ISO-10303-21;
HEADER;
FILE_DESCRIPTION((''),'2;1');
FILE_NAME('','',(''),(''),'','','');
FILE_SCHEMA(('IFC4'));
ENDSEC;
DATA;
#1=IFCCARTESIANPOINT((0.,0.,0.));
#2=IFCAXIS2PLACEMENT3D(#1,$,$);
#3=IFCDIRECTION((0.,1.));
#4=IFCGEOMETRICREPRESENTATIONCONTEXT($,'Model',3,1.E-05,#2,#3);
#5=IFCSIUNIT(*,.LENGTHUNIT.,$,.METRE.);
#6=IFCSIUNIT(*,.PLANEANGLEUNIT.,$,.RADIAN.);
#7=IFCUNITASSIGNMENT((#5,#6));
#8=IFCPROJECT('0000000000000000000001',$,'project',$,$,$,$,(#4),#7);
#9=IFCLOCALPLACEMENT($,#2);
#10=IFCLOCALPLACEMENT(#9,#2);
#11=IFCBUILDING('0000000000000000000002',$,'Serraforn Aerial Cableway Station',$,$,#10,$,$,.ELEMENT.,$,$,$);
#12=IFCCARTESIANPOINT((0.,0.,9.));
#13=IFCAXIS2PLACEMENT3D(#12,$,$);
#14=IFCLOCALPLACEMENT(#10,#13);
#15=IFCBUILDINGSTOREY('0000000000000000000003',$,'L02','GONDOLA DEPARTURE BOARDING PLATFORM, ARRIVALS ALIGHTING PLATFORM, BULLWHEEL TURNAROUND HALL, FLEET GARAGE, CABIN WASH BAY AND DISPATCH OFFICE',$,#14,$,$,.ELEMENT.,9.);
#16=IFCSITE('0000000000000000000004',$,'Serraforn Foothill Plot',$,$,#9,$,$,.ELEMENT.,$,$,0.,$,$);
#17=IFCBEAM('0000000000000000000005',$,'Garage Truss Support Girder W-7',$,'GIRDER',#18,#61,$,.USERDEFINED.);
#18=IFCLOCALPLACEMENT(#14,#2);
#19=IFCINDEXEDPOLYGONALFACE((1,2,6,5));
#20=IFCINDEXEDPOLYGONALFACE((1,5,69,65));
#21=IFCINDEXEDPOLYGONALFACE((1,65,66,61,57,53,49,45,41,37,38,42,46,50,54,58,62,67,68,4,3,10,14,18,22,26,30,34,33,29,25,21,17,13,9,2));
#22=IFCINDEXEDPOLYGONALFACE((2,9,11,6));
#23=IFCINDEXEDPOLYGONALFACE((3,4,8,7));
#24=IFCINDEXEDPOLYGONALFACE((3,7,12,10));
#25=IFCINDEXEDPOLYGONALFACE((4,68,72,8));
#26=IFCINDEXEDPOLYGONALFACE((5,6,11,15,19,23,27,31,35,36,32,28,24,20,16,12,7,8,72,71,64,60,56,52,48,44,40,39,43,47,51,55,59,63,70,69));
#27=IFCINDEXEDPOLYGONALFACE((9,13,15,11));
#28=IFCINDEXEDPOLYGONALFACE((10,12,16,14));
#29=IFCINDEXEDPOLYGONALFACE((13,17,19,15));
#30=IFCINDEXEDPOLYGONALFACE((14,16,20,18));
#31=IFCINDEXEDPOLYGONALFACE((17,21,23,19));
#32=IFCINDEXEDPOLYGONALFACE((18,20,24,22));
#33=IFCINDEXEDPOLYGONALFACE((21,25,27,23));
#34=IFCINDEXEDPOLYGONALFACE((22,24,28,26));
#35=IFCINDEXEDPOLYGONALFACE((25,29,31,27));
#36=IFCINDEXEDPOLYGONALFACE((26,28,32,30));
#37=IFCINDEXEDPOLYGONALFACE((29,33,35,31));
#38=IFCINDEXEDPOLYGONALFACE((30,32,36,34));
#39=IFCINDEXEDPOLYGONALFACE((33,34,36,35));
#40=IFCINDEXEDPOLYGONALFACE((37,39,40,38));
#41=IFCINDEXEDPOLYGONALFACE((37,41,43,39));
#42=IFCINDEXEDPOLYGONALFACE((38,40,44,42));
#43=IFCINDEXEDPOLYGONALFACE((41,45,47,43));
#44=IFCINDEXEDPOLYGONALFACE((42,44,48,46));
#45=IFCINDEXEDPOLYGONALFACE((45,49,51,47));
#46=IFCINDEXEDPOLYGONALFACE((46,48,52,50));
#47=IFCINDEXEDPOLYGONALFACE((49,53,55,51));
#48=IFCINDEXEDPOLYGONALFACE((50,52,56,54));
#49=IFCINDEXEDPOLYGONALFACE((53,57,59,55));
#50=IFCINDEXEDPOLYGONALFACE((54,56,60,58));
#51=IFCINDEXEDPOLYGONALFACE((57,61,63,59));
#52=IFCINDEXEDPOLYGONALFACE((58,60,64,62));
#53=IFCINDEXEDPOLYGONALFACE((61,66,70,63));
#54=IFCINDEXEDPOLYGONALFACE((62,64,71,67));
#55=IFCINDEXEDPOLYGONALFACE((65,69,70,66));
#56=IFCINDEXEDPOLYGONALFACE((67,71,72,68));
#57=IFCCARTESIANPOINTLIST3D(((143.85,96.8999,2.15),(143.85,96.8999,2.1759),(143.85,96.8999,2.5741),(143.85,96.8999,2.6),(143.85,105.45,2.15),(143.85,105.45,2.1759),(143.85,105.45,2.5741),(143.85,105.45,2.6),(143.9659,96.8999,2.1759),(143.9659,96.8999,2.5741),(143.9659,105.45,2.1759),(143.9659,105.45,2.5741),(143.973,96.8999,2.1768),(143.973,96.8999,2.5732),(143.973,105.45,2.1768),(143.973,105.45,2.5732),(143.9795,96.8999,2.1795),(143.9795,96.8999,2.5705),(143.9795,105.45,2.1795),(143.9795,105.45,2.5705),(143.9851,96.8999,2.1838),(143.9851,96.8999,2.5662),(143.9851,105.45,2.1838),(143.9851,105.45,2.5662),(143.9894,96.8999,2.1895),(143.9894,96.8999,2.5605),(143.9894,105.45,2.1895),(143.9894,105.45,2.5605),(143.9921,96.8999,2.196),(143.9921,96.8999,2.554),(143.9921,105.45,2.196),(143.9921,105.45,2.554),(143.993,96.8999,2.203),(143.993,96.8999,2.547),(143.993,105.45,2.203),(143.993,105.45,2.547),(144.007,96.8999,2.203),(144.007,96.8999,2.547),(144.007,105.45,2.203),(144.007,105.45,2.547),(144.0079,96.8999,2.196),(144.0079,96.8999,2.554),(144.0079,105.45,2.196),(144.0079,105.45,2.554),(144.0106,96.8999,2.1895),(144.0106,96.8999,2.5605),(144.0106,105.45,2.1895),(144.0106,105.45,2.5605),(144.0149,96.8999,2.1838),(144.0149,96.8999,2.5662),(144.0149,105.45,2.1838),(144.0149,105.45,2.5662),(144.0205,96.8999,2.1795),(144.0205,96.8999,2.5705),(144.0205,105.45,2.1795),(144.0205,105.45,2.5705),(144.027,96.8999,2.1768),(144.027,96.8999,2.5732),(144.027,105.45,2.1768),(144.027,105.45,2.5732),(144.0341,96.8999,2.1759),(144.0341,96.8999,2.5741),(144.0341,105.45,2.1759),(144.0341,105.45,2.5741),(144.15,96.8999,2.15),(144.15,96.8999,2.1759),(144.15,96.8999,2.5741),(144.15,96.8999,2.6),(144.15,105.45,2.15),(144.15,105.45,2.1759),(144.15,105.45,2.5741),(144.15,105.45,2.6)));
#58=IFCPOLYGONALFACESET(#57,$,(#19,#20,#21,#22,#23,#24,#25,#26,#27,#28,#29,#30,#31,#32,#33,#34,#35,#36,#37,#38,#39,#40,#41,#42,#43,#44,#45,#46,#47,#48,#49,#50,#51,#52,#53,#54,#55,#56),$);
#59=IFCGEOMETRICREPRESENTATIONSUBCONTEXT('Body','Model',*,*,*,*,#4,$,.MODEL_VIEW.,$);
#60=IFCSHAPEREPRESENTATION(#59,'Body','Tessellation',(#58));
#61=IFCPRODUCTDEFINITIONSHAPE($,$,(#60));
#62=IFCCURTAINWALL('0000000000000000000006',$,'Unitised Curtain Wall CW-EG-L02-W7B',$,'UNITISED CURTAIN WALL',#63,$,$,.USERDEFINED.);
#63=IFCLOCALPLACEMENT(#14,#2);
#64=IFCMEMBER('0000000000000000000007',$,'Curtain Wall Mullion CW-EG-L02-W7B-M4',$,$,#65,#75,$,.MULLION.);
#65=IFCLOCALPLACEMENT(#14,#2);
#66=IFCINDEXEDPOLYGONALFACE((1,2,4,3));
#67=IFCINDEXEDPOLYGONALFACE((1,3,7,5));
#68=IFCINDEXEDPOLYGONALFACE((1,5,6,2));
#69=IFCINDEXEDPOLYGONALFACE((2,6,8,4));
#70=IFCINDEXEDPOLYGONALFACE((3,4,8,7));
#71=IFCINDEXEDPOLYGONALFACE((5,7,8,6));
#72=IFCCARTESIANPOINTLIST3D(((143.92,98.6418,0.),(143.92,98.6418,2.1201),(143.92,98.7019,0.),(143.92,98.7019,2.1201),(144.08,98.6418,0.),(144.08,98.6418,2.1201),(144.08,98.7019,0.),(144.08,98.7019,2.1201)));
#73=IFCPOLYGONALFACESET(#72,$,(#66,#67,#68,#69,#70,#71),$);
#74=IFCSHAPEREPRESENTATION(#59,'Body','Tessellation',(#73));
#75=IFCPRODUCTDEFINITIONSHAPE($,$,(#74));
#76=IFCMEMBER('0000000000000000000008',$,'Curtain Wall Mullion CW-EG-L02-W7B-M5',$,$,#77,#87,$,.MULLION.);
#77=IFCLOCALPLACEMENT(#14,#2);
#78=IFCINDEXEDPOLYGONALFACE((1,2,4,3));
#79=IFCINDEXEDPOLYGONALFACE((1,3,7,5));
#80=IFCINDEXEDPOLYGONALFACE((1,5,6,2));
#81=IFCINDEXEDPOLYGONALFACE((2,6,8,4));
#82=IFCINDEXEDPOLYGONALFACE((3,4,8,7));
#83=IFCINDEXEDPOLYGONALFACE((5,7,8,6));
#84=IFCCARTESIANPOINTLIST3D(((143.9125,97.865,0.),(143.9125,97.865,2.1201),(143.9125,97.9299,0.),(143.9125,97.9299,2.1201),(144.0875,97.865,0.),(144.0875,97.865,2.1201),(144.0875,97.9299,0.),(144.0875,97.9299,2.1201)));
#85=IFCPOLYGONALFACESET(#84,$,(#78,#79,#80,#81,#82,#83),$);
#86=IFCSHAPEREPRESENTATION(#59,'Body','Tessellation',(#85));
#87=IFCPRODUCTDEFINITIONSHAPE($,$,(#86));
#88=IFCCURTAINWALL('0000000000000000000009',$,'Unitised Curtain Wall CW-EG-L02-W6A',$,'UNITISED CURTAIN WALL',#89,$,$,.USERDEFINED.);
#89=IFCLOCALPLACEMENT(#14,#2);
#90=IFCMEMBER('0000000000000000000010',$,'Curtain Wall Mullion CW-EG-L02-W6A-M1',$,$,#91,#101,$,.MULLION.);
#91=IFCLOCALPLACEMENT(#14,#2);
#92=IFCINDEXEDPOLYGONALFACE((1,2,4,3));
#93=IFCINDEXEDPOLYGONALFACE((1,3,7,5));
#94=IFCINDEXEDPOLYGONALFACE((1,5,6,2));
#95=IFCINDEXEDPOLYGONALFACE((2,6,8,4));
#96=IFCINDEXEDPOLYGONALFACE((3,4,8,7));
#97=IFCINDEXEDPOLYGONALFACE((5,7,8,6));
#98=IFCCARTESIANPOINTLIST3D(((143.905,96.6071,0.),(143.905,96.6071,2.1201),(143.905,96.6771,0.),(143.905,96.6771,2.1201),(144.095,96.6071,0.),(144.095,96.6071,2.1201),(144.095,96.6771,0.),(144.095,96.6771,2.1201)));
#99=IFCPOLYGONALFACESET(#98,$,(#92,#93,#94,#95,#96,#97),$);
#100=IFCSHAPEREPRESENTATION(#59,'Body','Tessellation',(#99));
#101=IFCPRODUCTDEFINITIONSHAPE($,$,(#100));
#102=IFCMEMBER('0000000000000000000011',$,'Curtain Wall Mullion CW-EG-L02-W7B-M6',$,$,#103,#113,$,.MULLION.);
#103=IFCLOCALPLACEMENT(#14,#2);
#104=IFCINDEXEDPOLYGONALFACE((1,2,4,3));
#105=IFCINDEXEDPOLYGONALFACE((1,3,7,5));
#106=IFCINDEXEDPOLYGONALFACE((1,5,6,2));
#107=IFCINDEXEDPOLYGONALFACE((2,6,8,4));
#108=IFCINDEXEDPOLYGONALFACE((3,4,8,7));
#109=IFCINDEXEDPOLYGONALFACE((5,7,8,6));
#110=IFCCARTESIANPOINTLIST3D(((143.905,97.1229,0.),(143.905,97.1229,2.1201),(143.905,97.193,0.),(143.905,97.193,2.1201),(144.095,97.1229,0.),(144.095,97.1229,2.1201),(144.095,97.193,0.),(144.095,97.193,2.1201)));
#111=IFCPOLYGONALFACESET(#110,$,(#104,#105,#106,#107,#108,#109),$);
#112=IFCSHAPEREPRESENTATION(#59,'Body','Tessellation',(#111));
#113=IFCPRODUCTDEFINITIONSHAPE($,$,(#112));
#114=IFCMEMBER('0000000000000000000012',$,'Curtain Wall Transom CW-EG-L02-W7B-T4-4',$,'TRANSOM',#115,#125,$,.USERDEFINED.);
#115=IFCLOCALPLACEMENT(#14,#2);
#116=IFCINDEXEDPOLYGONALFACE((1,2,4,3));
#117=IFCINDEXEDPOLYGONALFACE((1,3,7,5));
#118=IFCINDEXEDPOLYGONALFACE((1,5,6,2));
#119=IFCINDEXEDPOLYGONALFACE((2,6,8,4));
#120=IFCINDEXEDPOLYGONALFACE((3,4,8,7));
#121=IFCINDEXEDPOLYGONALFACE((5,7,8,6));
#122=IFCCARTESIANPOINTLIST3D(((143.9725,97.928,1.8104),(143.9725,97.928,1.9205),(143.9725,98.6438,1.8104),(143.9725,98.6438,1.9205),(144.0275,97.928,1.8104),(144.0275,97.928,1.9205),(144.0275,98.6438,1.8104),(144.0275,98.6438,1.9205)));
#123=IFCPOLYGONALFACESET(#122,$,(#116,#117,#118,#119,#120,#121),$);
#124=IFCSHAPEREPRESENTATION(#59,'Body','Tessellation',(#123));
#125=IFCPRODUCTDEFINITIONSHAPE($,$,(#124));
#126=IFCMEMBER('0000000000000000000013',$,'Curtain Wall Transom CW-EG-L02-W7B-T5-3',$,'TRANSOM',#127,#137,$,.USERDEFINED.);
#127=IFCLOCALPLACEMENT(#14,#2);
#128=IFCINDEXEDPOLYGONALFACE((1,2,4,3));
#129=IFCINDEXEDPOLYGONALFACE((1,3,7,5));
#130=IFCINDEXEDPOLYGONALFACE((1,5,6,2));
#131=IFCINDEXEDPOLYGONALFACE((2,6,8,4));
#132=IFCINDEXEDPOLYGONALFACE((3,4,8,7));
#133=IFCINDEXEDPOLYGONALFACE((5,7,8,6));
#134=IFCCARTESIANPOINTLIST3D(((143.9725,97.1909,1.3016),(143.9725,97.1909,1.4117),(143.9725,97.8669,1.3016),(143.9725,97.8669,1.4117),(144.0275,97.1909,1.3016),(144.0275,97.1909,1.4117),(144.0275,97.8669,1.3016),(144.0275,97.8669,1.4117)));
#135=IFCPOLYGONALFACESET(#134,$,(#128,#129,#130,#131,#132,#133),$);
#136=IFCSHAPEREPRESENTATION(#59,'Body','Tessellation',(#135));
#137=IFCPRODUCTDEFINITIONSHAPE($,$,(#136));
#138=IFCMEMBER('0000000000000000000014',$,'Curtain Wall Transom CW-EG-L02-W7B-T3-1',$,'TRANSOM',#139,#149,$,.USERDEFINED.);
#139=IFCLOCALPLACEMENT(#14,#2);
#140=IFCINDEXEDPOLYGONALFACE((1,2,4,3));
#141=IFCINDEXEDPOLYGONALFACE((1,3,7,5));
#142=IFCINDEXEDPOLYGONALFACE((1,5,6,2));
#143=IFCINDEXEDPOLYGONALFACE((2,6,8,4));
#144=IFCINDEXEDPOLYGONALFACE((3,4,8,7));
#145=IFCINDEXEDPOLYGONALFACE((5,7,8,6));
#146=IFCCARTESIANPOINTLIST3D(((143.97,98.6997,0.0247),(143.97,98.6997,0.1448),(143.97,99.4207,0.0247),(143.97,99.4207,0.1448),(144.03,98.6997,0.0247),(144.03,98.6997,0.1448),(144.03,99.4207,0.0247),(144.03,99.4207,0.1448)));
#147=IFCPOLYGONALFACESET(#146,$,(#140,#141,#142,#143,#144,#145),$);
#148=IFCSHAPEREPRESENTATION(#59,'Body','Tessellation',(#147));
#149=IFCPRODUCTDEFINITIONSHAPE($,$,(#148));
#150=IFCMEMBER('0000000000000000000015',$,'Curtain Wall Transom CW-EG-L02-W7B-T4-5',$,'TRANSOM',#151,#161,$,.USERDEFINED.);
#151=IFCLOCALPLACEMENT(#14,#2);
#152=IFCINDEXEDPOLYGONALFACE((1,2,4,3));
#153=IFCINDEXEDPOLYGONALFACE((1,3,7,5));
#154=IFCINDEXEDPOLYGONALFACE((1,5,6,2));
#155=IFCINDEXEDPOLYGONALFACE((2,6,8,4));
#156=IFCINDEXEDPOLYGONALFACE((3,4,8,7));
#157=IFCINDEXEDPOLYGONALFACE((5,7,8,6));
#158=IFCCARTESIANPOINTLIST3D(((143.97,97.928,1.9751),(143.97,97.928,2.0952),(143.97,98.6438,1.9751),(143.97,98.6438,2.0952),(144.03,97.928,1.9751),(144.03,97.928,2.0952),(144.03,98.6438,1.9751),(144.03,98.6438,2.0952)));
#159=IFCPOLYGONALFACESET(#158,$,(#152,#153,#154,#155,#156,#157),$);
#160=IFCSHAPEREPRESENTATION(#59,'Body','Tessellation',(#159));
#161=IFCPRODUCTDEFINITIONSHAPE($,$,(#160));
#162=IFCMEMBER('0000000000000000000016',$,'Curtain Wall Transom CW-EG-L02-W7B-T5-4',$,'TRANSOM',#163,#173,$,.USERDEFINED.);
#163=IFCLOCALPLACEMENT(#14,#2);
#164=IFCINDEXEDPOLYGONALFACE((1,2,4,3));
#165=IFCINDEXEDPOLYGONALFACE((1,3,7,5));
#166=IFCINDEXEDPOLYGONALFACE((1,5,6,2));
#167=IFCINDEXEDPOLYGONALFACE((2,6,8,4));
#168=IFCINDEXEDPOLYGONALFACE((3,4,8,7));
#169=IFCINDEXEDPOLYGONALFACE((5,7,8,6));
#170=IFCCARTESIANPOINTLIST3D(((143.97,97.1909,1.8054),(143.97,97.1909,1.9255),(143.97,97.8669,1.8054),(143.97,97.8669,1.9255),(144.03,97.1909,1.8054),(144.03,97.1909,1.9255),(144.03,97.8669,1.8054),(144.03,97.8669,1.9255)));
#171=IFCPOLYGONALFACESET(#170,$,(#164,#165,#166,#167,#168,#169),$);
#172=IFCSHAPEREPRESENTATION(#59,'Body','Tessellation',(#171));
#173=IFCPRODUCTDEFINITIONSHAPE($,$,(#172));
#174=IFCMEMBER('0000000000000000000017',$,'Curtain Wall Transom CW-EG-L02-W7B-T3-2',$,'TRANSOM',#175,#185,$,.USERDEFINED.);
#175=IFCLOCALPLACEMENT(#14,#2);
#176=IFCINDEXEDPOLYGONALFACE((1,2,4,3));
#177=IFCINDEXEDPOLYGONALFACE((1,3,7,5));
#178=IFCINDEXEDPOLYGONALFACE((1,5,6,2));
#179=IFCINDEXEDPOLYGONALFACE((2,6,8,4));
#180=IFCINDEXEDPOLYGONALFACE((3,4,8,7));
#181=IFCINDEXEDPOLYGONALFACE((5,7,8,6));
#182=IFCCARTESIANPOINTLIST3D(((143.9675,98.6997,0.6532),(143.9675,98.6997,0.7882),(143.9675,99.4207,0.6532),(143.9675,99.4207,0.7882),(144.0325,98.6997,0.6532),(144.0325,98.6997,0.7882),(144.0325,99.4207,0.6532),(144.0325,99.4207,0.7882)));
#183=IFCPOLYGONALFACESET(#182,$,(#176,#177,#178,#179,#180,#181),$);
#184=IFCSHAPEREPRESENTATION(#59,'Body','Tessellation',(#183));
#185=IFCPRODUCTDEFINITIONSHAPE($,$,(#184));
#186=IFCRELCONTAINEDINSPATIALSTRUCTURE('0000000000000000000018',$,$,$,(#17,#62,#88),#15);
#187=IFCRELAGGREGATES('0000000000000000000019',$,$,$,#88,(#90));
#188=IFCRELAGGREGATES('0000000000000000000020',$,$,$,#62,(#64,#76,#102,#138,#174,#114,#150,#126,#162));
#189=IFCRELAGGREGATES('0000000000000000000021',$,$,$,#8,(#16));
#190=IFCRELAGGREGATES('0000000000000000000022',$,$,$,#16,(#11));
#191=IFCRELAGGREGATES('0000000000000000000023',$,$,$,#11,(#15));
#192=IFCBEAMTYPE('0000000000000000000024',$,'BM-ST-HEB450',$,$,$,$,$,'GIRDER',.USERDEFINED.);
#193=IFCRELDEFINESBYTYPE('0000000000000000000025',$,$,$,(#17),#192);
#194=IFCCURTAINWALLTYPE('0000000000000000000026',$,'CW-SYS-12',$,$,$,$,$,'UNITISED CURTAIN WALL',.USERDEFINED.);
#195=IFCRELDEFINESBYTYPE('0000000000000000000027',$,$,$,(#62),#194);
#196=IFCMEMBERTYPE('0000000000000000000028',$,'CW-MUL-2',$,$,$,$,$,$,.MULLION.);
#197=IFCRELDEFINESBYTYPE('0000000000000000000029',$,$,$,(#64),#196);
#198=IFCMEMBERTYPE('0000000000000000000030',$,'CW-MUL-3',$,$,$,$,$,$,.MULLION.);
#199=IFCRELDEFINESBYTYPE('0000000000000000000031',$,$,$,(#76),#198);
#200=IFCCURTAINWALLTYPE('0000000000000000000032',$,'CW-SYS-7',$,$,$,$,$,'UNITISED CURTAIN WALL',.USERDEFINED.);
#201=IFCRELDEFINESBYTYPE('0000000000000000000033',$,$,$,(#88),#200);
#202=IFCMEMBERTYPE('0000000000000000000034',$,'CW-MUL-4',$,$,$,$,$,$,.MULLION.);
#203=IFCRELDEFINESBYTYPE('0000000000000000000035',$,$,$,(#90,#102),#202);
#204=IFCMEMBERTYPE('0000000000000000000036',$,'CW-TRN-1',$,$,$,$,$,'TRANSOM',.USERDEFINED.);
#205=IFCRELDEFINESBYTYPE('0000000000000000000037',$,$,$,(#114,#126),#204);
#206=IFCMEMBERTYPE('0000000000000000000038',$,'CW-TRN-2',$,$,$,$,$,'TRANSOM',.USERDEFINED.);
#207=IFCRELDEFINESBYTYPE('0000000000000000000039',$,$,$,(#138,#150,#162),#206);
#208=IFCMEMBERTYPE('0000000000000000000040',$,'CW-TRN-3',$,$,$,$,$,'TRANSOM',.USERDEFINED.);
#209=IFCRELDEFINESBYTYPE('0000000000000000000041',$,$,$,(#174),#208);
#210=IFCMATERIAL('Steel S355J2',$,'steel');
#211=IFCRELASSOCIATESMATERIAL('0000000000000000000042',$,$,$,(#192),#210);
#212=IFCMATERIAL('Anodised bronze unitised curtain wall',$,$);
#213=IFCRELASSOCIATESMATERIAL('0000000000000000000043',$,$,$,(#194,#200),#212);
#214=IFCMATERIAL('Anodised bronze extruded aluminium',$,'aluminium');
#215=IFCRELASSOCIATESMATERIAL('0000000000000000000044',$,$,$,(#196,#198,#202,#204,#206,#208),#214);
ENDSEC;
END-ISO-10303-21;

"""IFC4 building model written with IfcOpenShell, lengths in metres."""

from ifc_helpers import new_model, si_unit, direction, frame, origin, origin_2d, place, context, subcontext, project, spatial, rectangle, i_section, extrude, material, material_profile, profile_set, type_object, element, aggregate, save


model = new_model("IFC4")

# Units and contexts
model_context = context("Model", 3, precision=1e-05, world=origin(), true_north=direction((0.0, 1.0)))
body_context = subcontext(model_context, "Body", "Model", "MODEL_VIEW")
ifc_project = project(units=[si_unit("LENGTHUNIT", "METRE"), si_unit("PLANEANGLEUNIT", "RADIAN")], contexts=[model_context])

# Site, building, storey
site_placement = place(None, origin())
site = spatial("IfcSite", under=ifc_project, at=site_placement, Name="Serraforn Foothill Plot", CompositionType="ELEMENT", RefElevation=0.0)
building_placement = place(site_placement, origin())
building = spatial("IfcBuilding", under=site, at=building_placement, Name="Serraforn Aerial Cableway Station", CompositionType="ELEMENT")
storey_placement = place(building_placement, frame((0.0, 0.0, 9.0)))
storey = spatial("IfcBuildingStorey", under=building, at=storey_placement, Name="L02", Description="GONDOLA DEPARTURE BOARDING PLATFORM, ARRIVALS ALIGHTING PLATFORM, BULLWHEEL TURNAROUND HALL, FLEET GARAGE, CABIN WASH BAY AND DISPATCH OFFICE", CompositionType="ELEMENT", Elevation=9.0)

# Shared definitions
ifc_material_1 = material(Name="Steel S355J2", Category="steel")

# Beam
ifc_material_profile_1 = material_profile(ifc_material_1, i_section(OverallWidth=0.3, OverallDepth=0.45, WebThickness=0.0139, FlangeThickness=0.0259, FilletRadius=0.0271, at=origin_2d()), Name="HEB 450")
ifc_profile_set_1 = profile_set([ifc_material_profile_1], Name="Steel S355J2")
beam_type_1 = type_object("IfcBeamType", Name="BM-ST-HEB450", ElementType="GIRDER", PredefinedType="USERDEFINED", material=ifc_profile_set_1)
beam_1_placement = place(storey_placement, frame((144.0, 96.8999, 2.375), z_axis=(0.0, 1.0, 0.0), x_axis=(-1.0, 0.0, 0.0)))
element("IfcBeam", 1, at=beam_1_placement, inside=storey, type_object=beam_type_1, Name="Garage Truss Support Girder W-7", ObjectType="GIRDER", PredefinedType="USERDEFINED", context=body_context, shape_type="SweptSolid", body=[
    extrude(i_section(OverallWidth=0.3, OverallDepth=0.45, WebThickness=0.0139, FlangeThickness=0.0259, FilletRadius=0.0271, at=origin_2d()), origin(), (0.0, 0.0, 1.0), 8.55),
])

# Curtain wall, members
ifc_material_2 = material(Name="Anodised bronze unitised curtain wall")
curtain_wall_type_1 = type_object("IfcCurtainWallType", Name="CW-SYS-12", ElementType="UNITISED CURTAIN WALL", PredefinedType="USERDEFINED", material=ifc_material_2)
curtain_wall_1_placement = place(storey_placement, origin())
curtain_wall_1 = element("IfcCurtainWall", 2, at=curtain_wall_1_placement, inside=storey, type_object=curtain_wall_type_1, Name="Unitised Curtain Wall CW-EG-L02-W7B", ObjectType="UNITISED CURTAIN WALL", PredefinedType="USERDEFINED")
ifc_material_3 = material(Name="Anodised bronze extruded aluminium", Category="aluminium")
ifc_material_profile_2 = material_profile(ifc_material_3, rectangle(XDim=0.0601, YDim=0.1599, at=origin_2d()), Name="CW MULLION 60x160")
ifc_profile_set_2 = profile_set([ifc_material_profile_2], Name="Anodised bronze extruded aluminium")
member_type_1 = type_object("IfcMemberType", Name="CW-MUL-2", PredefinedType="MULLION", material=ifc_profile_set_2)
member_1_placement = place(storey_placement, frame((144.0, 98.6719, 0.0), z_axis=(0.0, 0.0, 1.0), x_axis=(0.0, -1.0, 0.0)))
member_1 = element("IfcMember", 3, at=member_1_placement, type_object=member_type_1, Name="Curtain Wall Mullion CW-EG-L02-W7B-M4", PredefinedType="MULLION", context=body_context, shape_type="SweptSolid", body=[
    extrude(rectangle(XDim=0.0601, YDim=0.1599, at=origin_2d()), origin(), (0.0, 0.0, 1.0), 2.1201),
])
ifc_material_profile_3 = material_profile(ifc_material_3, rectangle(XDim=0.0649, YDim=0.175, at=origin_2d()), Name="CW MULLION 65x175")
ifc_profile_set_3 = profile_set([ifc_material_profile_3], Name="Anodised bronze extruded aluminium")
member_type_2 = type_object("IfcMemberType", Name="CW-MUL-3", PredefinedType="MULLION", material=ifc_profile_set_3)
member_2_placement = place(storey_placement, frame((144.0, 97.8975, 0.0), z_axis=(0.0, 0.0, 1.0), x_axis=(0.0, -1.0, 0.0)))
member_2 = element("IfcMember", 4, at=member_2_placement, type_object=member_type_2, Name="Curtain Wall Mullion CW-EG-L02-W7B-M5", PredefinedType="MULLION", context=body_context, shape_type="SweptSolid", body=[
    extrude(rectangle(XDim=0.0649, YDim=0.175, at=origin_2d()), origin(), (0.0, 0.0, 1.0), 2.1201),
])

# Curtain wall, member
curtain_wall_type_2 = type_object("IfcCurtainWallType", Name="CW-SYS-7", ElementType="UNITISED CURTAIN WALL", PredefinedType="USERDEFINED", material=ifc_material_2)
curtain_wall_2_placement = place(storey_placement, origin())
curtain_wall_2 = element("IfcCurtainWall", 5, at=curtain_wall_2_placement, inside=storey, type_object=curtain_wall_type_2, Name="Unitised Curtain Wall CW-EG-L02-W6A", ObjectType="UNITISED CURTAIN WALL", PredefinedType="USERDEFINED")
ifc_material_profile_4 = material_profile(ifc_material_3, rectangle(XDim=0.0701, YDim=0.1899, at=origin_2d()), Name="CW MULLION 70x190")
ifc_profile_set_4 = profile_set([ifc_material_profile_4], Name="Anodised bronze extruded aluminium")
member_type_3 = type_object("IfcMemberType", Name="CW-MUL-4", PredefinedType="MULLION", material=ifc_profile_set_4)
member_3_placement = place(storey_placement, frame((144.0, 96.6421, 0.0), z_axis=(0.0, 0.0, 1.0), x_axis=(0.0, -1.0, 0.0)))
member_3 = element("IfcMember", 6, at=member_3_placement, type_object=member_type_3, Name="Curtain Wall Mullion CW-EG-L02-W6A-M1", PredefinedType="MULLION", context=body_context, shape_type="SweptSolid", body=[
    extrude(rectangle(XDim=0.0701, YDim=0.1899, at=origin_2d()), origin(), (0.0, 0.0, 1.0), 2.1201),
])
aggregate(curtain_wall_2, [member_3])

# Members
member_4_placement = place(storey_placement, frame((144.0, 97.158, 0.0), z_axis=(0.0, 0.0, 1.0), x_axis=(0.0, -1.0, 0.0)))
member_4 = element("IfcMember", 7, at=member_4_placement, type_object=member_type_3, Name="Curtain Wall Mullion CW-EG-L02-W7B-M6", PredefinedType="MULLION", context=body_context, shape_type="SweptSolid", body=[
    extrude(rectangle(XDim=0.0701, YDim=0.1899, at=origin_2d()), origin(), (0.0, 0.0, 1.0), 2.1201),
])
ifc_material_profile_5 = material_profile(ifc_material_3, rectangle(XDim=0.0549, YDim=0.1101, at=origin_2d()), Name="CW TRANSOM 55x110")
ifc_profile_set_5 = profile_set([ifc_material_profile_5], Name="Anodised bronze extruded aluminium")
member_type_4 = type_object("IfcMemberType", Name="CW-TRN-1", ElementType="TRANSOM", PredefinedType="USERDEFINED", material=ifc_profile_set_5)
member_5_placement = place(storey_placement, frame((144.0, 98.6438, 1.8655), z_axis=(0.0, -1.0, 0.0), x_axis=(1.0, 0.0, 0.0)))
member_5 = element("IfcMember", 8, at=member_5_placement, type_object=member_type_4, Name="Curtain Wall Transom CW-EG-L02-W7B-T4-4", ObjectType="TRANSOM", PredefinedType="USERDEFINED", context=body_context, shape_type="SweptSolid", body=[
    extrude(rectangle(XDim=0.0549, YDim=0.1101, at=origin_2d()), origin(), (0.0, 0.0, 1.0), 0.7158),
])
member_6_placement = place(storey_placement, frame((144.0, 97.8669, 1.3567), z_axis=(0.0, -1.0, 0.0), x_axis=(1.0, 0.0, 0.0)))
member_6 = element("IfcMember", 9, at=member_6_placement, type_object=member_type_4, Name="Curtain Wall Transom CW-EG-L02-W7B-T5-3", ObjectType="TRANSOM", PredefinedType="USERDEFINED", context=body_context, shape_type="SweptSolid", body=[
    extrude(rectangle(XDim=0.0549, YDim=0.1101, at=origin_2d()), origin(), (0.0, 0.0, 1.0), 0.676),
])
ifc_material_profile_6 = material_profile(ifc_material_3, rectangle(XDim=0.0601, YDim=0.1201, at=origin_2d()), Name="CW TRANSOM 60x120")
ifc_profile_set_6 = profile_set([ifc_material_profile_6], Name="Anodised bronze extruded aluminium")
member_type_5 = type_object("IfcMemberType", Name="CW-TRN-2", ElementType="TRANSOM", PredefinedType="USERDEFINED", material=ifc_profile_set_6)
member_7_placement = place(storey_placement, frame((144.0, 99.4207, 0.0847), z_axis=(0.0, -1.0, 0.0), x_axis=(1.0, 0.0, 0.0)))
member_7 = element("IfcMember", 10, at=member_7_placement, type_object=member_type_5, Name="Curtain Wall Transom CW-EG-L02-W7B-T3-1", ObjectType="TRANSOM", PredefinedType="USERDEFINED", context=body_context, shape_type="SweptSolid", body=[
    extrude(rectangle(XDim=0.0601, YDim=0.1201, at=origin_2d()), origin(), (0.0, 0.0, 1.0), 0.7209),
])
member_8_placement = place(storey_placement, frame((144.0, 98.6438, 2.0352), z_axis=(0.0, -1.0, 0.0), x_axis=(1.0, 0.0, 0.0)))
member_8 = element("IfcMember", 11, at=member_8_placement, type_object=member_type_5, Name="Curtain Wall Transom CW-EG-L02-W7B-T4-5", ObjectType="TRANSOM", PredefinedType="USERDEFINED", context=body_context, shape_type="SweptSolid", body=[
    extrude(rectangle(XDim=0.0601, YDim=0.1201, at=origin_2d()), origin(), (0.0, 0.0, 1.0), 0.7158),
])
member_9_placement = place(storey_placement, frame((144.0, 97.8669, 1.8655), z_axis=(0.0, -1.0, 0.0), x_axis=(1.0, 0.0, 0.0)))
member_9 = element("IfcMember", 12, at=member_9_placement, type_object=member_type_5, Name="Curtain Wall Transom CW-EG-L02-W7B-T5-4", ObjectType="TRANSOM", PredefinedType="USERDEFINED", context=body_context, shape_type="SweptSolid", body=[
    extrude(rectangle(XDim=0.0601, YDim=0.1201, at=origin_2d()), origin(), (0.0, 0.0, 1.0), 0.676),
])
ifc_material_profile_7 = material_profile(ifc_material_3, rectangle(XDim=0.0649, YDim=0.135, at=origin_2d()), Name="CW TRANSOM 65x135")
ifc_profile_set_7 = profile_set([ifc_material_profile_7], Name="Anodised bronze extruded aluminium")
member_type_6 = type_object("IfcMemberType", Name="CW-TRN-3", ElementType="TRANSOM", PredefinedType="USERDEFINED", material=ifc_profile_set_7)
member_10_placement = place(storey_placement, frame((144.0, 99.4207, 0.7207), z_axis=(0.0, -1.0, 0.0), x_axis=(1.0, 0.0, 0.0)))
member_10 = element("IfcMember", 13, at=member_10_placement, type_object=member_type_6, Name="Curtain Wall Transom CW-EG-L02-W7B-T3-2", ObjectType="TRANSOM", PredefinedType="USERDEFINED", context=body_context, shape_type="SweptSolid", body=[
    extrude(rectangle(XDim=0.0649, YDim=0.135, at=origin_2d()), origin(), (0.0, 0.0, 1.0), 0.7209),
])

aggregate(curtain_wall_1, [member_1, member_2, member_4, member_7, member_10, member_5, member_8, member_6, member_9])

save(model, "model.ifc")
